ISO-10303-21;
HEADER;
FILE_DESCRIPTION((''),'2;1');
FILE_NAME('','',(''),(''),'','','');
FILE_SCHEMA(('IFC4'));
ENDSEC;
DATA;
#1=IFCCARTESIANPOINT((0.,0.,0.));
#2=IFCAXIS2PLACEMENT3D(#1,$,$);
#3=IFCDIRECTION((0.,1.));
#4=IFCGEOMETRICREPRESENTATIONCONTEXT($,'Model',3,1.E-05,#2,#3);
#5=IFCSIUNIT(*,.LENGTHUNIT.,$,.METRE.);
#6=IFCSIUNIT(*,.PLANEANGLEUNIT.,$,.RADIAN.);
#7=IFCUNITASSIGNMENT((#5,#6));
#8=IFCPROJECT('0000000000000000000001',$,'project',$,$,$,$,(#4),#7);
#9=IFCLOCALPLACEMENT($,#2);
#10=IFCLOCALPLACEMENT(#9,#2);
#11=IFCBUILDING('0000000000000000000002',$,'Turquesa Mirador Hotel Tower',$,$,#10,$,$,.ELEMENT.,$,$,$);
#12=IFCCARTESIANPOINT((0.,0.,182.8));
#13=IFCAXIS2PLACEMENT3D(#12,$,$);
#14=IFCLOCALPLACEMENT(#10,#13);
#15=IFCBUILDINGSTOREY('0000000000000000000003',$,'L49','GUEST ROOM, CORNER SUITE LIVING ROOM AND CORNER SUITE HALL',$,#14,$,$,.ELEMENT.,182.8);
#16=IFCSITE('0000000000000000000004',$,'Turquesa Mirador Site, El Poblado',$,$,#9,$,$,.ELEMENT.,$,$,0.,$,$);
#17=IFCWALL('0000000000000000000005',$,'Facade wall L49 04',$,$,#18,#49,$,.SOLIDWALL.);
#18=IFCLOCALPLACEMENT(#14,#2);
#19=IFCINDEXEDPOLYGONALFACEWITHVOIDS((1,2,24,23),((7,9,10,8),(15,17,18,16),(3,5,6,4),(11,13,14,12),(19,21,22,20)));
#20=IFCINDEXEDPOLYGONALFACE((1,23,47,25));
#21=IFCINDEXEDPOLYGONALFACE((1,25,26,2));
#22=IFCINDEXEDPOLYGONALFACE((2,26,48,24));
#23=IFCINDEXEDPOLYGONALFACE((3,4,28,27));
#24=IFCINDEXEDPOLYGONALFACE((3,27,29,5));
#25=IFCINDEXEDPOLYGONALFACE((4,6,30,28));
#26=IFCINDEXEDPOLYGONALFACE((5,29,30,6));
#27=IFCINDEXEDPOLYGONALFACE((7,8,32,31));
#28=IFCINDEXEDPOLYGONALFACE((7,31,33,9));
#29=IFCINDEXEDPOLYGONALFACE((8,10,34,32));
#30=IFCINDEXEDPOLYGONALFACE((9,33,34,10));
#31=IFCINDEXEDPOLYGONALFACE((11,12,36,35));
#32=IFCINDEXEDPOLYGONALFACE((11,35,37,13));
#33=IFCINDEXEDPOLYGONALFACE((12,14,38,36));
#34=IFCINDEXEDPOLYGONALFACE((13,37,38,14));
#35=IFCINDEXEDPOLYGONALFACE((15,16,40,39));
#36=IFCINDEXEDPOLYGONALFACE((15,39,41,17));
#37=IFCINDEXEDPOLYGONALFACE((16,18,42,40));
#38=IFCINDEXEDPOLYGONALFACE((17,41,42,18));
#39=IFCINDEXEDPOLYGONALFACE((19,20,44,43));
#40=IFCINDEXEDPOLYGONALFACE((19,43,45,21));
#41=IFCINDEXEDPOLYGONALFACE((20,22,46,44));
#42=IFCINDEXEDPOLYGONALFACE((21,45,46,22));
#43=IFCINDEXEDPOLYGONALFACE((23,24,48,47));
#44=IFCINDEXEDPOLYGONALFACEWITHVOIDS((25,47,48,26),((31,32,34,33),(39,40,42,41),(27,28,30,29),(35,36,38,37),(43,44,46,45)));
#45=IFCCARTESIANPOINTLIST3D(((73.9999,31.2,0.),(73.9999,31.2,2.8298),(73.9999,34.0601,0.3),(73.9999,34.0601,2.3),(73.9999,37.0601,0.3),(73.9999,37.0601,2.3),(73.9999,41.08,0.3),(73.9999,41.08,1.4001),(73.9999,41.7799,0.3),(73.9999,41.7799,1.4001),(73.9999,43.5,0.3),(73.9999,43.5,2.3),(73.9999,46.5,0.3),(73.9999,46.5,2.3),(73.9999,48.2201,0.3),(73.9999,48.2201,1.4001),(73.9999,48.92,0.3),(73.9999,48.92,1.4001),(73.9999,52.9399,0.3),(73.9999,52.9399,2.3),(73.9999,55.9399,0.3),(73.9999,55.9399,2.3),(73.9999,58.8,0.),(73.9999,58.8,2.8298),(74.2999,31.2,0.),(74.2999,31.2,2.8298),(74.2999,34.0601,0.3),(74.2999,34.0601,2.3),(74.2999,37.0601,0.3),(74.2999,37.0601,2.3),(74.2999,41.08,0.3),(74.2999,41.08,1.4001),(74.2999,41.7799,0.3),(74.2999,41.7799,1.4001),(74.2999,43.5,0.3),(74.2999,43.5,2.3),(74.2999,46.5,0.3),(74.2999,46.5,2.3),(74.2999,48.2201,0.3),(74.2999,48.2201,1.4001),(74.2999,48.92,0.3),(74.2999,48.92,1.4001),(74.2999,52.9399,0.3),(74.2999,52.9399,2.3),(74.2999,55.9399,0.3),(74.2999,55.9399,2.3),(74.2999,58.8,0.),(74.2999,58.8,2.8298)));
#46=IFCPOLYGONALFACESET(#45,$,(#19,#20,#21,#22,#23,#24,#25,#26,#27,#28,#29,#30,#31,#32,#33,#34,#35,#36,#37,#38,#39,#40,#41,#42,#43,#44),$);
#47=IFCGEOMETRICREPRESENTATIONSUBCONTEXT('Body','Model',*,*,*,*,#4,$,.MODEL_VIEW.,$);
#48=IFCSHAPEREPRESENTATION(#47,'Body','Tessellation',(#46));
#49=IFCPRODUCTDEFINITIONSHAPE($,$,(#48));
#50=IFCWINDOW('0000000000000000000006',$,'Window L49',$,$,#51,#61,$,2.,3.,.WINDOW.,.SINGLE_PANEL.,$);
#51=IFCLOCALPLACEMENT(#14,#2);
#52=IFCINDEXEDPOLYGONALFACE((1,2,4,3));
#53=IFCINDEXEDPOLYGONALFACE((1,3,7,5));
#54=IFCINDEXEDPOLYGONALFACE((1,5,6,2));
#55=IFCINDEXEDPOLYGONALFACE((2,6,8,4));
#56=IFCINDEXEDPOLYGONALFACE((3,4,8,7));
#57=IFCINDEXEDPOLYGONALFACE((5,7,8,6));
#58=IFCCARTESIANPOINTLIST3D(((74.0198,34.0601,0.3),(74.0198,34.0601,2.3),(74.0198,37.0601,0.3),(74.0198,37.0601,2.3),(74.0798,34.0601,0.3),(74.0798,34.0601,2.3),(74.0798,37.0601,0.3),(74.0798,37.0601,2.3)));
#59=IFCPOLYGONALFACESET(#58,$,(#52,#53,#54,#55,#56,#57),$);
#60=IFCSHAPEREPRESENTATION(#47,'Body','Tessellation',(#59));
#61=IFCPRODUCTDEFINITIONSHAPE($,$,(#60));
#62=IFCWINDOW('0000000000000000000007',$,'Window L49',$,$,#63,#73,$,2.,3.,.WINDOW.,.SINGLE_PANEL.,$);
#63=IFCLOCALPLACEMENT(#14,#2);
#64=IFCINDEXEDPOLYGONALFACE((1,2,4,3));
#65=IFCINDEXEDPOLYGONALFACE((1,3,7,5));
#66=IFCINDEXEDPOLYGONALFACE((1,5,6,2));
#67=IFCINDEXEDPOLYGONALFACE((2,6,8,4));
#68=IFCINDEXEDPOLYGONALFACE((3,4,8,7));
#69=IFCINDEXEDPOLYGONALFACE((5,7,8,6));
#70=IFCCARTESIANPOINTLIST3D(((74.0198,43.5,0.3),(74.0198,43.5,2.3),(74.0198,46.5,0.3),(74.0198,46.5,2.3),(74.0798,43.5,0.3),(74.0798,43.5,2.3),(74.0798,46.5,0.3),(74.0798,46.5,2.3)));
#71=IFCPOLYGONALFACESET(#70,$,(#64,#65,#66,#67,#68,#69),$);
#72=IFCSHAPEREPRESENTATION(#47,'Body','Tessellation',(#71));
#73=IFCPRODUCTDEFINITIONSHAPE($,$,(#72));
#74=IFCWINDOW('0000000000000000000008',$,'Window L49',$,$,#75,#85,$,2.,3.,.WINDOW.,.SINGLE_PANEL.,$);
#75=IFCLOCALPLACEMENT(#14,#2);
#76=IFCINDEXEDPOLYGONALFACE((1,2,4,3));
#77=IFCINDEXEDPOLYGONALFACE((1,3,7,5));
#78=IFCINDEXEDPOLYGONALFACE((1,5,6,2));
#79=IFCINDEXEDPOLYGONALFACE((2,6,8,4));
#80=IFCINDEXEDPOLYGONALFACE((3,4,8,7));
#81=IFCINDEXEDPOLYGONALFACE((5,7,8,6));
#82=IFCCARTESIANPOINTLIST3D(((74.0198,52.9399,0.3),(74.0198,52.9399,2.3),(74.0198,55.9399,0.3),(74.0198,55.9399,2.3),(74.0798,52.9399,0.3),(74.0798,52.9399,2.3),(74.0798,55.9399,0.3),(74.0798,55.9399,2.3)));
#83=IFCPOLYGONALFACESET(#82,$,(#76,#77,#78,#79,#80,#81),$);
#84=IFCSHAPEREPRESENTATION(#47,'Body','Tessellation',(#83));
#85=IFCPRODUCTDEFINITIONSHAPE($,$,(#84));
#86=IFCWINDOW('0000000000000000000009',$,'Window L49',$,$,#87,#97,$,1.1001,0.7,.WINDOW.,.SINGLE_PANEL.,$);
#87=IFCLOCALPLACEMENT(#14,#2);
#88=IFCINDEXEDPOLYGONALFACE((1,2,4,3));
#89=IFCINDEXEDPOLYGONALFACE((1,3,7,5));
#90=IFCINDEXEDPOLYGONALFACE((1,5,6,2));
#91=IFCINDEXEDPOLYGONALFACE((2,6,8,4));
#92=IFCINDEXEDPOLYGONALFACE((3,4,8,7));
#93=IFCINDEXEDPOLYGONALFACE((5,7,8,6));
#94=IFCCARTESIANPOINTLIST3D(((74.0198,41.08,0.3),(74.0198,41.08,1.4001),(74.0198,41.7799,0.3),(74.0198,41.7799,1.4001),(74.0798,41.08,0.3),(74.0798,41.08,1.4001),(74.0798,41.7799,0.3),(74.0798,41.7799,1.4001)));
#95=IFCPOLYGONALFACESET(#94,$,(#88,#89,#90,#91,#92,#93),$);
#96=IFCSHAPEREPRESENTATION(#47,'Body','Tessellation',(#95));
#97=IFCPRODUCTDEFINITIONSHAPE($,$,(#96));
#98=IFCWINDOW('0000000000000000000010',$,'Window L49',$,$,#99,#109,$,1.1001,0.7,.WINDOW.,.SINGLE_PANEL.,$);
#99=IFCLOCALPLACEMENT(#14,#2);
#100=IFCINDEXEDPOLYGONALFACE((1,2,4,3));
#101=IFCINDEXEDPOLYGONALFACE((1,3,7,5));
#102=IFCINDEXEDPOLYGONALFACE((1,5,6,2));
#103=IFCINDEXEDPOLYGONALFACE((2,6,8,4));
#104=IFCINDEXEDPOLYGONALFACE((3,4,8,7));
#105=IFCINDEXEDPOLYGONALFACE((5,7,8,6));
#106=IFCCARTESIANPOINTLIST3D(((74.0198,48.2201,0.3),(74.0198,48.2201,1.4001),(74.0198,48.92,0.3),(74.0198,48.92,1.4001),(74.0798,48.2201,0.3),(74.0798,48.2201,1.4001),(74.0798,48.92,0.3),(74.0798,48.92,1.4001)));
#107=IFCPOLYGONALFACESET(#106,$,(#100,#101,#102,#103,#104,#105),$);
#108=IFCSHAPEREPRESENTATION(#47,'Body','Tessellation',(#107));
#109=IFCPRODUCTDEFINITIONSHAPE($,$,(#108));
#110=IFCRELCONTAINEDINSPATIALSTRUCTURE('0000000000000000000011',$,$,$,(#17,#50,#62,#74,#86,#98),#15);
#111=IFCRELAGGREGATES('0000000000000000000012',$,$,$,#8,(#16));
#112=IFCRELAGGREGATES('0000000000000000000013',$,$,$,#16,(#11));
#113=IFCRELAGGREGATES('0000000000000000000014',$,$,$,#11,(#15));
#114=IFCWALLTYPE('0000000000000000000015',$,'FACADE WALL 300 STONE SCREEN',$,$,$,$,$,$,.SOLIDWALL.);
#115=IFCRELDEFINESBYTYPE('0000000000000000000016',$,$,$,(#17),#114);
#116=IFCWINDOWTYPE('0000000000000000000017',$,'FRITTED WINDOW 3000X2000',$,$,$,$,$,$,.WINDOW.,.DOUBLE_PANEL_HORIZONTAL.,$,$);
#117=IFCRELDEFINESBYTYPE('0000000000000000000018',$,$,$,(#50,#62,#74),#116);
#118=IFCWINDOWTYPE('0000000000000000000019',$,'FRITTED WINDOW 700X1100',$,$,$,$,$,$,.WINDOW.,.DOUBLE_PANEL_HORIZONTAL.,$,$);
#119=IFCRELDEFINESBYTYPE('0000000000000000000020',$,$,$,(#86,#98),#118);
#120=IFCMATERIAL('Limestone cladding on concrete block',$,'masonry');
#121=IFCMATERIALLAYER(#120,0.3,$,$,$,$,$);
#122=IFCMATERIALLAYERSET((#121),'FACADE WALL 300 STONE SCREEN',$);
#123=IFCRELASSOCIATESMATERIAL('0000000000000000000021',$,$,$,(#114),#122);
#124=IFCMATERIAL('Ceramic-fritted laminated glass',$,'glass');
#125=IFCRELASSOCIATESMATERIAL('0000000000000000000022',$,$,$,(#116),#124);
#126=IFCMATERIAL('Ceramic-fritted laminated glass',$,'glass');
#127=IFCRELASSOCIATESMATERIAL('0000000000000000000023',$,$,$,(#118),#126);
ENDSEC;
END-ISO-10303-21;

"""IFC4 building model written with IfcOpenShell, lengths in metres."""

from ifc_helpers import new_model, si_unit, direction, frame, frame_2d, origin, place, context, subcontext, project, spatial, rectangle, extrude, material, layer, layer_set, type_object, element, fill, save


model = new_model("IFC4")

# Units and contexts
model_context = context("Model", 3, precision=1e-05, world=origin(), true_north=direction((0.0, 1.0)))
body_context = subcontext(model_context, "Body", "Model", "MODEL_VIEW")
ifc_project = project(units=[si_unit("LENGTHUNIT", "METRE"), si_unit("PLANEANGLEUNIT", "RADIAN")], contexts=[model_context])

# Site, building, storey
site_placement = place(None, origin())
site = spatial("IfcSite", under=ifc_project, at=site_placement, Name="Turquesa Mirador Site, El Poblado", CompositionType="ELEMENT", RefElevation=0.0)
building_placement = place(site_placement, origin())
building = spatial("IfcBuilding", under=site, at=building_placement, Name="Turquesa Mirador Hotel Tower", CompositionType="ELEMENT")
storey_placement = place(building_placement, frame((0.0, 0.0, 182.8)))
storey = spatial("IfcBuildingStorey", under=building, at=storey_placement, Name="L49", Description="GUEST ROOM, CORNER SUITE LIVING ROOM AND CORNER SUITE HALL", CompositionType="ELEMENT", Elevation=182.8)

# Shared definitions
ifc_material_1 = material(Name="Limestone cladding on concrete block", Category="masonry")
ifc_layer = layer(ifc_material_1, 0.3)
ifc_layer_set = layer_set([ifc_layer], Name="FACADE WALL 300 STONE SCREEN")
wall_type = type_object("IfcWallType", Name="FACADE WALL 300 STONE SCREEN", PredefinedType="SOLIDWALL", material=ifc_layer_set)

# Wall, openings, windows
wall_1_placement = place(storey_placement, frame((74.1499, 31.2, 0.0), z_axis=(0.0, 0.0, 1.0), x_axis=(0.0, 1.0, 0.0)))
wall_1 = element("IfcWall", 1, at=wall_1_placement, inside=storey, type_object=wall_type, Name="Facade wall L49 04", PredefinedType="SOLIDWALL", context=body_context, shape_type="SweptSolid", body=[
    extrude(rectangle(XDim=27.6001, YDim=0.3, at=frame_2d((13.8, 0.0))), origin(), (0.0, 0.0, 1.0), 2.8298),
])
opening_1_placement = place(wall_1_placement, frame((2.8601, 0.0, 0.3)))
opening_1 = element("IfcOpeningElement", 2, at=opening_1_placement, cuts=wall_1, PredefinedType="OPENING", context=body_context, shape_type="SweptSolid", body=[
    extrude(rectangle(XDim=3.0, YDim=2.0, at=frame_2d((1.5, 1.0))), frame((0.0, 0.1599, 0.0), z_axis=(0.0, -1.0, 0.0), x_axis=(1.0, 0.0, 0.0)), (0.0, 0.0, 1.0), 0.3201),
])
opening_2_placement = place(wall_1_placement, frame((9.8799, 0.0, 0.3)))
opening_2 = element("IfcOpeningElement", 3, at=opening_2_placement, cuts=wall_1, PredefinedType="OPENING", context=body_context, shape_type="SweptSolid", body=[
    extrude(rectangle(XDim=0.7, YDim=1.1001, at=frame_2d((0.3501, 0.55))), frame((0.0, 0.1599, 0.0), z_axis=(0.0, -1.0, 0.0), x_axis=(1.0, 0.0, 0.0)), (0.0, 0.0, 1.0), 0.3201),
])
opening_3_placement = place(wall_1_placement, frame((12.3, 0.0, 0.3)))
opening_3 = element("IfcOpeningElement", 4, at=opening_3_placement, cuts=wall_1, PredefinedType="OPENING", context=body_context, shape_type="SweptSolid", body=[
    extrude(rectangle(XDim=3.0, YDim=2.0, at=frame_2d((1.5, 1.0))), frame((0.0, 0.1599, 0.0), z_axis=(0.0, -1.0, 0.0), x_axis=(1.0, 0.0, 0.0)), (0.0, 0.0, 1.0), 0.3201),
])
opening_4_placement = place(wall_1_placement, frame((17.02, 0.0, 0.3)))
opening_4 = element("IfcOpeningElement", 5, at=opening_4_placement, cuts=wall_1, PredefinedType="OPENING", context=body_context, shape_type="SweptSolid", body=[
    extrude(rectangle(XDim=0.7, YDim=1.1001, at=frame_2d((0.3501, 0.55))), frame((0.0, 0.1599, 0.0), z_axis=(0.0, -1.0, 0.0), x_axis=(1.0, 0.0, 0.0)), (0.0, 0.0, 1.0), 0.3201),
])
opening_5_placement = place(wall_1_placement, frame((21.74, 0.0, 0.3)))
opening_5 = element("IfcOpeningElement", 6, at=opening_5_placement, cuts=wall_1, PredefinedType="OPENING", context=body_context, shape_type="SweptSolid", body=[
    extrude(rectangle(XDim=3.0, YDim=2.0, at=frame_2d((1.5, 1.0))), frame((0.0, 0.1599, 0.0), z_axis=(0.0, -1.0, 0.0), x_axis=(1.0, 0.0, 0.0)), (0.0, 0.0, 1.0), 0.3201),
])
ifc_material_2 = material(Name="Ceramic-fritted laminated glass", Category="glass")
window_type_1 = type_object("IfcWindowType", Name="FRITTED WINDOW 3000X2000", PartitioningType="DOUBLE_PANEL_HORIZONTAL", PredefinedType="WINDOW", material=ifc_material_2)
window_1_placement = place(opening_1_placement, origin())
window_1 = element("IfcWindow", 7, at=window_1_placement, inside=storey, type_object=window_type_1, Name="Window L49", OverallHeight=2.0, OverallWidth=3.0, PartitioningType="SINGLE_PANEL", PredefinedType="WINDOW", context=body_context, shape_type="SweptSolid", body=[
    extrude(rectangle(XDim=3.0, YDim=2.0, at=frame_2d((1.5, 1.0))), frame((0.0, 0.1301, 0.0), z_axis=(0.0, -1.0, 0.0), x_axis=(1.0, 0.0, 0.0)), (0.0, 0.0, 1.0), 0.0601),
])
fill(opening_1, window_1)
window_2_placement = place(opening_3_placement, origin())
window_2 = element("IfcWindow", 8, at=window_2_placement, inside=storey, type_object=window_type_1, Name="Window L49", OverallHeight=2.0, OverallWidth=3.0, PartitioningType="SINGLE_PANEL", PredefinedType="WINDOW", context=body_context, shape_type="SweptSolid", body=[
    extrude(rectangle(XDim=3.0, YDim=2.0, at=frame_2d((1.5, 1.0))), frame((0.0, 0.1301, 0.0), z_axis=(0.0, -1.0, 0.0), x_axis=(1.0, 0.0, 0.0)), (0.0, 0.0, 1.0), 0.0601),
])
fill(opening_3, window_2)
window_3_placement = place(opening_5_placement, origin())
window_3 = element("IfcWindow", 9, at=window_3_placement, inside=storey, type_object=window_type_1, Name="Window L49", OverallHeight=2.0, OverallWidth=3.0, PartitioningType="SINGLE_PANEL", PredefinedType="WINDOW", context=body_context, shape_type="SweptSolid", body=[
    extrude(rectangle(XDim=3.0, YDim=2.0, at=frame_2d((1.5, 1.0))), frame((0.0, 0.1301, 0.0), z_axis=(0.0, -1.0, 0.0), x_axis=(1.0, 0.0, 0.0)), (0.0, 0.0, 1.0), 0.0601),
])
fill(opening_5, window_3)
ifc_material_3 = material(Name="Ceramic-fritted laminated glass", Category="glass")
window_type_2 = type_object("IfcWindowType", Name="FRITTED WINDOW 700X1100", PartitioningType="DOUBLE_PANEL_HORIZONTAL", PredefinedType="WINDOW", material=ifc_material_3)
window_4_placement = place(opening_2_placement, origin())
window_4 = element("IfcWindow", 10, at=window_4_placement, inside=storey, type_object=window_type_2, Name="Window L49", OverallHeight=1.1001, OverallWidth=0.7, PartitioningType="SINGLE_PANEL", PredefinedType="WINDOW", context=body_context, shape_type="SweptSolid", body=[
    extrude(rectangle(XDim=0.7, YDim=1.1001, at=frame_2d((0.3501, 0.55))), frame((0.0, 0.1301, 0.0), z_axis=(0.0, -1.0, 0.0), x_axis=(1.0, 0.0, 0.0)), (0.0, 0.0, 1.0), 0.0601),
])
fill(opening_2, window_4)
window_5_placement = place(opening_4_placement, origin())
window_5 = element("IfcWindow", 11, at=window_5_placement, inside=storey, type_object=window_type_2, Name="Window L49", OverallHeight=1.1001, OverallWidth=0.7, PartitioningType="SINGLE_PANEL", PredefinedType="WINDOW", context=body_context, shape_type="SweptSolid", body=[
    extrude(rectangle(XDim=0.7, YDim=1.1001, at=frame_2d((0.3501, 0.55))), frame((0.0, 0.1301, 0.0), z_axis=(0.0, -1.0, 0.0), x_axis=(1.0, 0.0, 0.0)), (0.0, 0.0, 1.0), 0.0601),
])
fill(opening_4, window_5)

save(model, "model.ifc")
